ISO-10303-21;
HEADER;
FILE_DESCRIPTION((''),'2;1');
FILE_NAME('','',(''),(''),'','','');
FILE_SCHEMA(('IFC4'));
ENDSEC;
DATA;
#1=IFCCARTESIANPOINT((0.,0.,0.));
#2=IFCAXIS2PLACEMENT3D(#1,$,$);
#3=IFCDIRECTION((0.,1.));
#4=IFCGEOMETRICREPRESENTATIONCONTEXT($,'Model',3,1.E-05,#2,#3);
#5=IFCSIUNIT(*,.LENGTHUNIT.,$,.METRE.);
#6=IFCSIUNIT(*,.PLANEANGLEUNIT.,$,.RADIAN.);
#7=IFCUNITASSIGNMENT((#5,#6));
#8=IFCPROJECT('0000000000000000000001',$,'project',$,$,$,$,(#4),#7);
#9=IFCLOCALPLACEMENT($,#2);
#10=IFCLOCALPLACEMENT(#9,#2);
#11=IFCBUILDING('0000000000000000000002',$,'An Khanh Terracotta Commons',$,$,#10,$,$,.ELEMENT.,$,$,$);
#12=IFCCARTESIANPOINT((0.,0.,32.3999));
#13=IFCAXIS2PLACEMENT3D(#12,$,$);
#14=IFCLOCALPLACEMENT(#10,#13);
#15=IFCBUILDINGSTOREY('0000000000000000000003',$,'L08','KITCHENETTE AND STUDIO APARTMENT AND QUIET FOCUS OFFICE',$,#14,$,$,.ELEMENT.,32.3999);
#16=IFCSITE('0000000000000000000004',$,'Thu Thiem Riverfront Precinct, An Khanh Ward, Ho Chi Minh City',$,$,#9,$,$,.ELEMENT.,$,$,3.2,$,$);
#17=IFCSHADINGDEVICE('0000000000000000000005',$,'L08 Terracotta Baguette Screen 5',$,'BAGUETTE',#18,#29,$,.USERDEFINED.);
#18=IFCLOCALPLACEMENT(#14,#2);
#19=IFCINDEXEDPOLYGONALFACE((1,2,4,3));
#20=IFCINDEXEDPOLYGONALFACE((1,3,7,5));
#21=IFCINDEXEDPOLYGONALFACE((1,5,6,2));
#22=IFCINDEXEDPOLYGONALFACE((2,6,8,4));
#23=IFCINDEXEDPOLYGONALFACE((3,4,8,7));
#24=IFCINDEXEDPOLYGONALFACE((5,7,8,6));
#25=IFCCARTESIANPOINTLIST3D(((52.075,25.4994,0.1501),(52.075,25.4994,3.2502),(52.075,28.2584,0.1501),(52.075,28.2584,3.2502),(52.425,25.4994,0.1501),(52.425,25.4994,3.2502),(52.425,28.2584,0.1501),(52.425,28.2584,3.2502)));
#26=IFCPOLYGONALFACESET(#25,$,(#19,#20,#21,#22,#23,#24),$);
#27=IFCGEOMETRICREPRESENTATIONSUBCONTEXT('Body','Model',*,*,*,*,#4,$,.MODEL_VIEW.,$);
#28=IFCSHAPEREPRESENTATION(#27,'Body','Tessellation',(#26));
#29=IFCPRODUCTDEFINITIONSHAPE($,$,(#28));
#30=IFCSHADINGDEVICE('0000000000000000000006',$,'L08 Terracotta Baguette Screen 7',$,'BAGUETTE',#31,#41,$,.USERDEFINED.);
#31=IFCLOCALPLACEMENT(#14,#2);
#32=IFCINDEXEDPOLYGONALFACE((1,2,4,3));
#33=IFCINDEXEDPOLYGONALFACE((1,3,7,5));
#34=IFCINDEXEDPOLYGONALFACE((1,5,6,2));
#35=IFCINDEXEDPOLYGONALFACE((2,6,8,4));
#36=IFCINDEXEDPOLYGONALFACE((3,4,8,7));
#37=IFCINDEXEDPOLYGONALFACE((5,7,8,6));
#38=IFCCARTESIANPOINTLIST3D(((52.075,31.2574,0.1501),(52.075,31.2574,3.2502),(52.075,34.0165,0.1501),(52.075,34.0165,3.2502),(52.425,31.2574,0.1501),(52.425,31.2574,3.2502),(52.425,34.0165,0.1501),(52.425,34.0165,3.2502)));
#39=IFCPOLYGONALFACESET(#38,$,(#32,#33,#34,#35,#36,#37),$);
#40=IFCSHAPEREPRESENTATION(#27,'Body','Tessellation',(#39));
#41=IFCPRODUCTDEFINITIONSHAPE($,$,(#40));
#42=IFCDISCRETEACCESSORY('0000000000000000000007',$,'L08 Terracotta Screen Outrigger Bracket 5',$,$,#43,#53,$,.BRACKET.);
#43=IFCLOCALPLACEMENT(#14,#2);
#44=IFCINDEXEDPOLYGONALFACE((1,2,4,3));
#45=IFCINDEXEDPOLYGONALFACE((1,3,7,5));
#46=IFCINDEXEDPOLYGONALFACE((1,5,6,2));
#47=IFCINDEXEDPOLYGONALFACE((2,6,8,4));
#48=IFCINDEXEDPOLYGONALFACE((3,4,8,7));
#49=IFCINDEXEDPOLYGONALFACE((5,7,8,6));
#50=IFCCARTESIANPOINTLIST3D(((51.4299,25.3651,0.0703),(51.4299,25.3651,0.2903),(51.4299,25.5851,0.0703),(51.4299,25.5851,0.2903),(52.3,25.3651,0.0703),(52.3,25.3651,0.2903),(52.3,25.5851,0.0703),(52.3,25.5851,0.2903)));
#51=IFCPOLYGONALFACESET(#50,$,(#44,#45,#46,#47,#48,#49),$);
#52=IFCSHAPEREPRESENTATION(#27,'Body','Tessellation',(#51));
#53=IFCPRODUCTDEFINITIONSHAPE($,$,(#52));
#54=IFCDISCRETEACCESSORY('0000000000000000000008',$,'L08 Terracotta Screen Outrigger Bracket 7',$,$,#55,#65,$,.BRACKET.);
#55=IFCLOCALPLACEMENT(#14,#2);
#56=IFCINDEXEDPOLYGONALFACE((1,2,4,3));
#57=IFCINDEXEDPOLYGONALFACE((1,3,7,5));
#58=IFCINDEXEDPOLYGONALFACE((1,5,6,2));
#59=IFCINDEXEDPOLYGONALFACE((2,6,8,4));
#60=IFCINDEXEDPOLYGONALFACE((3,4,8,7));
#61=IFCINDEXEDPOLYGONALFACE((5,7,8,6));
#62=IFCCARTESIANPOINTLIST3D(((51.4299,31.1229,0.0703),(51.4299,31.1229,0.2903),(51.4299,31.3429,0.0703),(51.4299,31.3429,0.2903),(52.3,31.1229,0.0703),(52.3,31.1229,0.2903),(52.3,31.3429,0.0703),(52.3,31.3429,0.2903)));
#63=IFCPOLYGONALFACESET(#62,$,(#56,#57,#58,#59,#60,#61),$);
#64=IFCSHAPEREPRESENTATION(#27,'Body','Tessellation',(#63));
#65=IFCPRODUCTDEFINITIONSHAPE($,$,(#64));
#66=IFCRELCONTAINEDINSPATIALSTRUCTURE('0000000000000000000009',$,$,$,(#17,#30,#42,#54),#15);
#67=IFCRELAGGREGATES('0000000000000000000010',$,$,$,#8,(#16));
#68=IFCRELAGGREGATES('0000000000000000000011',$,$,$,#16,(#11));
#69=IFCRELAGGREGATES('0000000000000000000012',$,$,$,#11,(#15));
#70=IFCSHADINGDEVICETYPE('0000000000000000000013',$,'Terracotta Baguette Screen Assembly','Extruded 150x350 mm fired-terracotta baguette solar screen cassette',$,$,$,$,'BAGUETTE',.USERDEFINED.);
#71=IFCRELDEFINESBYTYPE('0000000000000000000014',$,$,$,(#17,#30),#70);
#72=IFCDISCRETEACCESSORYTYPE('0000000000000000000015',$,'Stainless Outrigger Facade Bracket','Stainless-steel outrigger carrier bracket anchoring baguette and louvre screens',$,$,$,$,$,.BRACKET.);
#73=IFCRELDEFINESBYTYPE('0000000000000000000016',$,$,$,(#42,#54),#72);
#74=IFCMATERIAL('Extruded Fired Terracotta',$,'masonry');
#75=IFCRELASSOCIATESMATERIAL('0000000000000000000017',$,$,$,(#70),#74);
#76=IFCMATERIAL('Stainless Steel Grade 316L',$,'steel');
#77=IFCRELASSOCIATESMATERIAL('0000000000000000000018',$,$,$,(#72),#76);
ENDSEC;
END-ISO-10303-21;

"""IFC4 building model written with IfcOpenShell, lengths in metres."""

from ifc_helpers import new_model, si_unit, direction, frame, origin, origin_2d, place, context, subcontext, project, spatial, rectangle, extrude, material, type_object, element, save


model = new_model("IFC4")

# Units and contexts
model_context = context("Model", 3, precision=1e-05, world=origin(), true_north=direction((0.0, 1.0)))
body_context = subcontext(model_context, "Body", "Model", "MODEL_VIEW")
ifc_project = project(units=[si_unit("LENGTHUNIT", "METRE"), si_unit("PLANEANGLEUNIT", "RADIAN")], contexts=[model_context])

# Site, building, storey
site_placement = place(None, origin())
site = spatial("IfcSite", under=ifc_project, at=site_placement, Name="Thu Thiem Riverfront Precinct, An Khanh Ward, Ho Chi Minh City", CompositionType="ELEMENT", RefElevation=3.2)
building_placement = place(site_placement, origin())
building = spatial("IfcBuilding", under=site, at=building_placement, Name="An Khanh Terracotta Commons", CompositionType="ELEMENT")
storey_placement = place(building_placement, frame((0.0, 0.0, 32.3999)))
storey = spatial("IfcBuildingStorey", under=building, at=storey_placement, Name="L08", Description="KITCHENETTE AND STUDIO APARTMENT AND QUIET FOCUS OFFICE", CompositionType="ELEMENT", Elevation=32.3999)

# Shading devices
ifc_material_1 = material(Name="Extruded Fired Terracotta", Category="masonry")
shading_device_type = type_object("IfcShadingDeviceType", Name="Terracotta Baguette Screen Assembly", Description="Extruded 150x350 mm fired-terracotta baguette solar screen cassette", ElementType="BAGUETTE", PredefinedType="USERDEFINED", material=ifc_material_1)
for number, where, z_axis, x_axis, name in (
    (1, (52.25, 26.8789, 0.1501), (0.0, 0.0, 1.0), (0.0, 1.0, 0.0), "L08 Terracotta Baguette Screen 5"),
    (2, (52.25, 32.637, 0.1501), (0.0, 0.0, 1.0), (0.0, 1.0, 0.0), "L08 Terracotta Baguette Screen 7"),
):
    element("IfcShadingDevice", number, at=place(storey_placement, frame(where, z_axis=z_axis, x_axis=x_axis)), inside=storey, type_object=shading_device_type, Name=name, ObjectType="BAGUETTE", PredefinedType="USERDEFINED", context=body_context, shape_type="SweptSolid", body=[
        extrude(rectangle(XDim=2.759, YDim=0.3501, at=origin_2d()), origin(), (0.0, 0.0, 1.0), 3.1001),
    ])

# Discrete accessories
ifc_material_2 = material(Name="Stainless Steel Grade 316L", Category="steel")
discrete_accessory_type = type_object("IfcDiscreteAccessoryType", Name="Stainless Outrigger Facade Bracket", Description="Stainless-steel outrigger carrier bracket anchoring baguette and louvre screens", PredefinedType="BRACKET", material=ifc_material_2)
for number, where, z_axis, x_axis, name in (
    (3, (51.865, 25.4751, 0.0703), (0.0, 0.0, 1.0), (0.0, 1.0, 0.0), "L08 Terracotta Screen Outrigger Bracket 5"),
    (4, (51.865, 31.2329, 0.0703), (0.0, 0.0, 1.0), (0.0, 1.0, 0.0), "L08 Terracotta Screen Outrigger Bracket 7"),
):
    element("IfcDiscreteAccessory", number, at=place(storey_placement, frame(where, z_axis=z_axis, x_axis=x_axis)), inside=storey, type_object=discrete_accessory_type, Name=name, PredefinedType="BRACKET", context=body_context, shape_type="SweptSolid", body=[
        extrude(rectangle(XDim=0.22, YDim=0.8701, at=origin_2d()), origin(), (0.0, 0.0, 1.0), 0.22),
    ])

save(model, "model.ifc")
